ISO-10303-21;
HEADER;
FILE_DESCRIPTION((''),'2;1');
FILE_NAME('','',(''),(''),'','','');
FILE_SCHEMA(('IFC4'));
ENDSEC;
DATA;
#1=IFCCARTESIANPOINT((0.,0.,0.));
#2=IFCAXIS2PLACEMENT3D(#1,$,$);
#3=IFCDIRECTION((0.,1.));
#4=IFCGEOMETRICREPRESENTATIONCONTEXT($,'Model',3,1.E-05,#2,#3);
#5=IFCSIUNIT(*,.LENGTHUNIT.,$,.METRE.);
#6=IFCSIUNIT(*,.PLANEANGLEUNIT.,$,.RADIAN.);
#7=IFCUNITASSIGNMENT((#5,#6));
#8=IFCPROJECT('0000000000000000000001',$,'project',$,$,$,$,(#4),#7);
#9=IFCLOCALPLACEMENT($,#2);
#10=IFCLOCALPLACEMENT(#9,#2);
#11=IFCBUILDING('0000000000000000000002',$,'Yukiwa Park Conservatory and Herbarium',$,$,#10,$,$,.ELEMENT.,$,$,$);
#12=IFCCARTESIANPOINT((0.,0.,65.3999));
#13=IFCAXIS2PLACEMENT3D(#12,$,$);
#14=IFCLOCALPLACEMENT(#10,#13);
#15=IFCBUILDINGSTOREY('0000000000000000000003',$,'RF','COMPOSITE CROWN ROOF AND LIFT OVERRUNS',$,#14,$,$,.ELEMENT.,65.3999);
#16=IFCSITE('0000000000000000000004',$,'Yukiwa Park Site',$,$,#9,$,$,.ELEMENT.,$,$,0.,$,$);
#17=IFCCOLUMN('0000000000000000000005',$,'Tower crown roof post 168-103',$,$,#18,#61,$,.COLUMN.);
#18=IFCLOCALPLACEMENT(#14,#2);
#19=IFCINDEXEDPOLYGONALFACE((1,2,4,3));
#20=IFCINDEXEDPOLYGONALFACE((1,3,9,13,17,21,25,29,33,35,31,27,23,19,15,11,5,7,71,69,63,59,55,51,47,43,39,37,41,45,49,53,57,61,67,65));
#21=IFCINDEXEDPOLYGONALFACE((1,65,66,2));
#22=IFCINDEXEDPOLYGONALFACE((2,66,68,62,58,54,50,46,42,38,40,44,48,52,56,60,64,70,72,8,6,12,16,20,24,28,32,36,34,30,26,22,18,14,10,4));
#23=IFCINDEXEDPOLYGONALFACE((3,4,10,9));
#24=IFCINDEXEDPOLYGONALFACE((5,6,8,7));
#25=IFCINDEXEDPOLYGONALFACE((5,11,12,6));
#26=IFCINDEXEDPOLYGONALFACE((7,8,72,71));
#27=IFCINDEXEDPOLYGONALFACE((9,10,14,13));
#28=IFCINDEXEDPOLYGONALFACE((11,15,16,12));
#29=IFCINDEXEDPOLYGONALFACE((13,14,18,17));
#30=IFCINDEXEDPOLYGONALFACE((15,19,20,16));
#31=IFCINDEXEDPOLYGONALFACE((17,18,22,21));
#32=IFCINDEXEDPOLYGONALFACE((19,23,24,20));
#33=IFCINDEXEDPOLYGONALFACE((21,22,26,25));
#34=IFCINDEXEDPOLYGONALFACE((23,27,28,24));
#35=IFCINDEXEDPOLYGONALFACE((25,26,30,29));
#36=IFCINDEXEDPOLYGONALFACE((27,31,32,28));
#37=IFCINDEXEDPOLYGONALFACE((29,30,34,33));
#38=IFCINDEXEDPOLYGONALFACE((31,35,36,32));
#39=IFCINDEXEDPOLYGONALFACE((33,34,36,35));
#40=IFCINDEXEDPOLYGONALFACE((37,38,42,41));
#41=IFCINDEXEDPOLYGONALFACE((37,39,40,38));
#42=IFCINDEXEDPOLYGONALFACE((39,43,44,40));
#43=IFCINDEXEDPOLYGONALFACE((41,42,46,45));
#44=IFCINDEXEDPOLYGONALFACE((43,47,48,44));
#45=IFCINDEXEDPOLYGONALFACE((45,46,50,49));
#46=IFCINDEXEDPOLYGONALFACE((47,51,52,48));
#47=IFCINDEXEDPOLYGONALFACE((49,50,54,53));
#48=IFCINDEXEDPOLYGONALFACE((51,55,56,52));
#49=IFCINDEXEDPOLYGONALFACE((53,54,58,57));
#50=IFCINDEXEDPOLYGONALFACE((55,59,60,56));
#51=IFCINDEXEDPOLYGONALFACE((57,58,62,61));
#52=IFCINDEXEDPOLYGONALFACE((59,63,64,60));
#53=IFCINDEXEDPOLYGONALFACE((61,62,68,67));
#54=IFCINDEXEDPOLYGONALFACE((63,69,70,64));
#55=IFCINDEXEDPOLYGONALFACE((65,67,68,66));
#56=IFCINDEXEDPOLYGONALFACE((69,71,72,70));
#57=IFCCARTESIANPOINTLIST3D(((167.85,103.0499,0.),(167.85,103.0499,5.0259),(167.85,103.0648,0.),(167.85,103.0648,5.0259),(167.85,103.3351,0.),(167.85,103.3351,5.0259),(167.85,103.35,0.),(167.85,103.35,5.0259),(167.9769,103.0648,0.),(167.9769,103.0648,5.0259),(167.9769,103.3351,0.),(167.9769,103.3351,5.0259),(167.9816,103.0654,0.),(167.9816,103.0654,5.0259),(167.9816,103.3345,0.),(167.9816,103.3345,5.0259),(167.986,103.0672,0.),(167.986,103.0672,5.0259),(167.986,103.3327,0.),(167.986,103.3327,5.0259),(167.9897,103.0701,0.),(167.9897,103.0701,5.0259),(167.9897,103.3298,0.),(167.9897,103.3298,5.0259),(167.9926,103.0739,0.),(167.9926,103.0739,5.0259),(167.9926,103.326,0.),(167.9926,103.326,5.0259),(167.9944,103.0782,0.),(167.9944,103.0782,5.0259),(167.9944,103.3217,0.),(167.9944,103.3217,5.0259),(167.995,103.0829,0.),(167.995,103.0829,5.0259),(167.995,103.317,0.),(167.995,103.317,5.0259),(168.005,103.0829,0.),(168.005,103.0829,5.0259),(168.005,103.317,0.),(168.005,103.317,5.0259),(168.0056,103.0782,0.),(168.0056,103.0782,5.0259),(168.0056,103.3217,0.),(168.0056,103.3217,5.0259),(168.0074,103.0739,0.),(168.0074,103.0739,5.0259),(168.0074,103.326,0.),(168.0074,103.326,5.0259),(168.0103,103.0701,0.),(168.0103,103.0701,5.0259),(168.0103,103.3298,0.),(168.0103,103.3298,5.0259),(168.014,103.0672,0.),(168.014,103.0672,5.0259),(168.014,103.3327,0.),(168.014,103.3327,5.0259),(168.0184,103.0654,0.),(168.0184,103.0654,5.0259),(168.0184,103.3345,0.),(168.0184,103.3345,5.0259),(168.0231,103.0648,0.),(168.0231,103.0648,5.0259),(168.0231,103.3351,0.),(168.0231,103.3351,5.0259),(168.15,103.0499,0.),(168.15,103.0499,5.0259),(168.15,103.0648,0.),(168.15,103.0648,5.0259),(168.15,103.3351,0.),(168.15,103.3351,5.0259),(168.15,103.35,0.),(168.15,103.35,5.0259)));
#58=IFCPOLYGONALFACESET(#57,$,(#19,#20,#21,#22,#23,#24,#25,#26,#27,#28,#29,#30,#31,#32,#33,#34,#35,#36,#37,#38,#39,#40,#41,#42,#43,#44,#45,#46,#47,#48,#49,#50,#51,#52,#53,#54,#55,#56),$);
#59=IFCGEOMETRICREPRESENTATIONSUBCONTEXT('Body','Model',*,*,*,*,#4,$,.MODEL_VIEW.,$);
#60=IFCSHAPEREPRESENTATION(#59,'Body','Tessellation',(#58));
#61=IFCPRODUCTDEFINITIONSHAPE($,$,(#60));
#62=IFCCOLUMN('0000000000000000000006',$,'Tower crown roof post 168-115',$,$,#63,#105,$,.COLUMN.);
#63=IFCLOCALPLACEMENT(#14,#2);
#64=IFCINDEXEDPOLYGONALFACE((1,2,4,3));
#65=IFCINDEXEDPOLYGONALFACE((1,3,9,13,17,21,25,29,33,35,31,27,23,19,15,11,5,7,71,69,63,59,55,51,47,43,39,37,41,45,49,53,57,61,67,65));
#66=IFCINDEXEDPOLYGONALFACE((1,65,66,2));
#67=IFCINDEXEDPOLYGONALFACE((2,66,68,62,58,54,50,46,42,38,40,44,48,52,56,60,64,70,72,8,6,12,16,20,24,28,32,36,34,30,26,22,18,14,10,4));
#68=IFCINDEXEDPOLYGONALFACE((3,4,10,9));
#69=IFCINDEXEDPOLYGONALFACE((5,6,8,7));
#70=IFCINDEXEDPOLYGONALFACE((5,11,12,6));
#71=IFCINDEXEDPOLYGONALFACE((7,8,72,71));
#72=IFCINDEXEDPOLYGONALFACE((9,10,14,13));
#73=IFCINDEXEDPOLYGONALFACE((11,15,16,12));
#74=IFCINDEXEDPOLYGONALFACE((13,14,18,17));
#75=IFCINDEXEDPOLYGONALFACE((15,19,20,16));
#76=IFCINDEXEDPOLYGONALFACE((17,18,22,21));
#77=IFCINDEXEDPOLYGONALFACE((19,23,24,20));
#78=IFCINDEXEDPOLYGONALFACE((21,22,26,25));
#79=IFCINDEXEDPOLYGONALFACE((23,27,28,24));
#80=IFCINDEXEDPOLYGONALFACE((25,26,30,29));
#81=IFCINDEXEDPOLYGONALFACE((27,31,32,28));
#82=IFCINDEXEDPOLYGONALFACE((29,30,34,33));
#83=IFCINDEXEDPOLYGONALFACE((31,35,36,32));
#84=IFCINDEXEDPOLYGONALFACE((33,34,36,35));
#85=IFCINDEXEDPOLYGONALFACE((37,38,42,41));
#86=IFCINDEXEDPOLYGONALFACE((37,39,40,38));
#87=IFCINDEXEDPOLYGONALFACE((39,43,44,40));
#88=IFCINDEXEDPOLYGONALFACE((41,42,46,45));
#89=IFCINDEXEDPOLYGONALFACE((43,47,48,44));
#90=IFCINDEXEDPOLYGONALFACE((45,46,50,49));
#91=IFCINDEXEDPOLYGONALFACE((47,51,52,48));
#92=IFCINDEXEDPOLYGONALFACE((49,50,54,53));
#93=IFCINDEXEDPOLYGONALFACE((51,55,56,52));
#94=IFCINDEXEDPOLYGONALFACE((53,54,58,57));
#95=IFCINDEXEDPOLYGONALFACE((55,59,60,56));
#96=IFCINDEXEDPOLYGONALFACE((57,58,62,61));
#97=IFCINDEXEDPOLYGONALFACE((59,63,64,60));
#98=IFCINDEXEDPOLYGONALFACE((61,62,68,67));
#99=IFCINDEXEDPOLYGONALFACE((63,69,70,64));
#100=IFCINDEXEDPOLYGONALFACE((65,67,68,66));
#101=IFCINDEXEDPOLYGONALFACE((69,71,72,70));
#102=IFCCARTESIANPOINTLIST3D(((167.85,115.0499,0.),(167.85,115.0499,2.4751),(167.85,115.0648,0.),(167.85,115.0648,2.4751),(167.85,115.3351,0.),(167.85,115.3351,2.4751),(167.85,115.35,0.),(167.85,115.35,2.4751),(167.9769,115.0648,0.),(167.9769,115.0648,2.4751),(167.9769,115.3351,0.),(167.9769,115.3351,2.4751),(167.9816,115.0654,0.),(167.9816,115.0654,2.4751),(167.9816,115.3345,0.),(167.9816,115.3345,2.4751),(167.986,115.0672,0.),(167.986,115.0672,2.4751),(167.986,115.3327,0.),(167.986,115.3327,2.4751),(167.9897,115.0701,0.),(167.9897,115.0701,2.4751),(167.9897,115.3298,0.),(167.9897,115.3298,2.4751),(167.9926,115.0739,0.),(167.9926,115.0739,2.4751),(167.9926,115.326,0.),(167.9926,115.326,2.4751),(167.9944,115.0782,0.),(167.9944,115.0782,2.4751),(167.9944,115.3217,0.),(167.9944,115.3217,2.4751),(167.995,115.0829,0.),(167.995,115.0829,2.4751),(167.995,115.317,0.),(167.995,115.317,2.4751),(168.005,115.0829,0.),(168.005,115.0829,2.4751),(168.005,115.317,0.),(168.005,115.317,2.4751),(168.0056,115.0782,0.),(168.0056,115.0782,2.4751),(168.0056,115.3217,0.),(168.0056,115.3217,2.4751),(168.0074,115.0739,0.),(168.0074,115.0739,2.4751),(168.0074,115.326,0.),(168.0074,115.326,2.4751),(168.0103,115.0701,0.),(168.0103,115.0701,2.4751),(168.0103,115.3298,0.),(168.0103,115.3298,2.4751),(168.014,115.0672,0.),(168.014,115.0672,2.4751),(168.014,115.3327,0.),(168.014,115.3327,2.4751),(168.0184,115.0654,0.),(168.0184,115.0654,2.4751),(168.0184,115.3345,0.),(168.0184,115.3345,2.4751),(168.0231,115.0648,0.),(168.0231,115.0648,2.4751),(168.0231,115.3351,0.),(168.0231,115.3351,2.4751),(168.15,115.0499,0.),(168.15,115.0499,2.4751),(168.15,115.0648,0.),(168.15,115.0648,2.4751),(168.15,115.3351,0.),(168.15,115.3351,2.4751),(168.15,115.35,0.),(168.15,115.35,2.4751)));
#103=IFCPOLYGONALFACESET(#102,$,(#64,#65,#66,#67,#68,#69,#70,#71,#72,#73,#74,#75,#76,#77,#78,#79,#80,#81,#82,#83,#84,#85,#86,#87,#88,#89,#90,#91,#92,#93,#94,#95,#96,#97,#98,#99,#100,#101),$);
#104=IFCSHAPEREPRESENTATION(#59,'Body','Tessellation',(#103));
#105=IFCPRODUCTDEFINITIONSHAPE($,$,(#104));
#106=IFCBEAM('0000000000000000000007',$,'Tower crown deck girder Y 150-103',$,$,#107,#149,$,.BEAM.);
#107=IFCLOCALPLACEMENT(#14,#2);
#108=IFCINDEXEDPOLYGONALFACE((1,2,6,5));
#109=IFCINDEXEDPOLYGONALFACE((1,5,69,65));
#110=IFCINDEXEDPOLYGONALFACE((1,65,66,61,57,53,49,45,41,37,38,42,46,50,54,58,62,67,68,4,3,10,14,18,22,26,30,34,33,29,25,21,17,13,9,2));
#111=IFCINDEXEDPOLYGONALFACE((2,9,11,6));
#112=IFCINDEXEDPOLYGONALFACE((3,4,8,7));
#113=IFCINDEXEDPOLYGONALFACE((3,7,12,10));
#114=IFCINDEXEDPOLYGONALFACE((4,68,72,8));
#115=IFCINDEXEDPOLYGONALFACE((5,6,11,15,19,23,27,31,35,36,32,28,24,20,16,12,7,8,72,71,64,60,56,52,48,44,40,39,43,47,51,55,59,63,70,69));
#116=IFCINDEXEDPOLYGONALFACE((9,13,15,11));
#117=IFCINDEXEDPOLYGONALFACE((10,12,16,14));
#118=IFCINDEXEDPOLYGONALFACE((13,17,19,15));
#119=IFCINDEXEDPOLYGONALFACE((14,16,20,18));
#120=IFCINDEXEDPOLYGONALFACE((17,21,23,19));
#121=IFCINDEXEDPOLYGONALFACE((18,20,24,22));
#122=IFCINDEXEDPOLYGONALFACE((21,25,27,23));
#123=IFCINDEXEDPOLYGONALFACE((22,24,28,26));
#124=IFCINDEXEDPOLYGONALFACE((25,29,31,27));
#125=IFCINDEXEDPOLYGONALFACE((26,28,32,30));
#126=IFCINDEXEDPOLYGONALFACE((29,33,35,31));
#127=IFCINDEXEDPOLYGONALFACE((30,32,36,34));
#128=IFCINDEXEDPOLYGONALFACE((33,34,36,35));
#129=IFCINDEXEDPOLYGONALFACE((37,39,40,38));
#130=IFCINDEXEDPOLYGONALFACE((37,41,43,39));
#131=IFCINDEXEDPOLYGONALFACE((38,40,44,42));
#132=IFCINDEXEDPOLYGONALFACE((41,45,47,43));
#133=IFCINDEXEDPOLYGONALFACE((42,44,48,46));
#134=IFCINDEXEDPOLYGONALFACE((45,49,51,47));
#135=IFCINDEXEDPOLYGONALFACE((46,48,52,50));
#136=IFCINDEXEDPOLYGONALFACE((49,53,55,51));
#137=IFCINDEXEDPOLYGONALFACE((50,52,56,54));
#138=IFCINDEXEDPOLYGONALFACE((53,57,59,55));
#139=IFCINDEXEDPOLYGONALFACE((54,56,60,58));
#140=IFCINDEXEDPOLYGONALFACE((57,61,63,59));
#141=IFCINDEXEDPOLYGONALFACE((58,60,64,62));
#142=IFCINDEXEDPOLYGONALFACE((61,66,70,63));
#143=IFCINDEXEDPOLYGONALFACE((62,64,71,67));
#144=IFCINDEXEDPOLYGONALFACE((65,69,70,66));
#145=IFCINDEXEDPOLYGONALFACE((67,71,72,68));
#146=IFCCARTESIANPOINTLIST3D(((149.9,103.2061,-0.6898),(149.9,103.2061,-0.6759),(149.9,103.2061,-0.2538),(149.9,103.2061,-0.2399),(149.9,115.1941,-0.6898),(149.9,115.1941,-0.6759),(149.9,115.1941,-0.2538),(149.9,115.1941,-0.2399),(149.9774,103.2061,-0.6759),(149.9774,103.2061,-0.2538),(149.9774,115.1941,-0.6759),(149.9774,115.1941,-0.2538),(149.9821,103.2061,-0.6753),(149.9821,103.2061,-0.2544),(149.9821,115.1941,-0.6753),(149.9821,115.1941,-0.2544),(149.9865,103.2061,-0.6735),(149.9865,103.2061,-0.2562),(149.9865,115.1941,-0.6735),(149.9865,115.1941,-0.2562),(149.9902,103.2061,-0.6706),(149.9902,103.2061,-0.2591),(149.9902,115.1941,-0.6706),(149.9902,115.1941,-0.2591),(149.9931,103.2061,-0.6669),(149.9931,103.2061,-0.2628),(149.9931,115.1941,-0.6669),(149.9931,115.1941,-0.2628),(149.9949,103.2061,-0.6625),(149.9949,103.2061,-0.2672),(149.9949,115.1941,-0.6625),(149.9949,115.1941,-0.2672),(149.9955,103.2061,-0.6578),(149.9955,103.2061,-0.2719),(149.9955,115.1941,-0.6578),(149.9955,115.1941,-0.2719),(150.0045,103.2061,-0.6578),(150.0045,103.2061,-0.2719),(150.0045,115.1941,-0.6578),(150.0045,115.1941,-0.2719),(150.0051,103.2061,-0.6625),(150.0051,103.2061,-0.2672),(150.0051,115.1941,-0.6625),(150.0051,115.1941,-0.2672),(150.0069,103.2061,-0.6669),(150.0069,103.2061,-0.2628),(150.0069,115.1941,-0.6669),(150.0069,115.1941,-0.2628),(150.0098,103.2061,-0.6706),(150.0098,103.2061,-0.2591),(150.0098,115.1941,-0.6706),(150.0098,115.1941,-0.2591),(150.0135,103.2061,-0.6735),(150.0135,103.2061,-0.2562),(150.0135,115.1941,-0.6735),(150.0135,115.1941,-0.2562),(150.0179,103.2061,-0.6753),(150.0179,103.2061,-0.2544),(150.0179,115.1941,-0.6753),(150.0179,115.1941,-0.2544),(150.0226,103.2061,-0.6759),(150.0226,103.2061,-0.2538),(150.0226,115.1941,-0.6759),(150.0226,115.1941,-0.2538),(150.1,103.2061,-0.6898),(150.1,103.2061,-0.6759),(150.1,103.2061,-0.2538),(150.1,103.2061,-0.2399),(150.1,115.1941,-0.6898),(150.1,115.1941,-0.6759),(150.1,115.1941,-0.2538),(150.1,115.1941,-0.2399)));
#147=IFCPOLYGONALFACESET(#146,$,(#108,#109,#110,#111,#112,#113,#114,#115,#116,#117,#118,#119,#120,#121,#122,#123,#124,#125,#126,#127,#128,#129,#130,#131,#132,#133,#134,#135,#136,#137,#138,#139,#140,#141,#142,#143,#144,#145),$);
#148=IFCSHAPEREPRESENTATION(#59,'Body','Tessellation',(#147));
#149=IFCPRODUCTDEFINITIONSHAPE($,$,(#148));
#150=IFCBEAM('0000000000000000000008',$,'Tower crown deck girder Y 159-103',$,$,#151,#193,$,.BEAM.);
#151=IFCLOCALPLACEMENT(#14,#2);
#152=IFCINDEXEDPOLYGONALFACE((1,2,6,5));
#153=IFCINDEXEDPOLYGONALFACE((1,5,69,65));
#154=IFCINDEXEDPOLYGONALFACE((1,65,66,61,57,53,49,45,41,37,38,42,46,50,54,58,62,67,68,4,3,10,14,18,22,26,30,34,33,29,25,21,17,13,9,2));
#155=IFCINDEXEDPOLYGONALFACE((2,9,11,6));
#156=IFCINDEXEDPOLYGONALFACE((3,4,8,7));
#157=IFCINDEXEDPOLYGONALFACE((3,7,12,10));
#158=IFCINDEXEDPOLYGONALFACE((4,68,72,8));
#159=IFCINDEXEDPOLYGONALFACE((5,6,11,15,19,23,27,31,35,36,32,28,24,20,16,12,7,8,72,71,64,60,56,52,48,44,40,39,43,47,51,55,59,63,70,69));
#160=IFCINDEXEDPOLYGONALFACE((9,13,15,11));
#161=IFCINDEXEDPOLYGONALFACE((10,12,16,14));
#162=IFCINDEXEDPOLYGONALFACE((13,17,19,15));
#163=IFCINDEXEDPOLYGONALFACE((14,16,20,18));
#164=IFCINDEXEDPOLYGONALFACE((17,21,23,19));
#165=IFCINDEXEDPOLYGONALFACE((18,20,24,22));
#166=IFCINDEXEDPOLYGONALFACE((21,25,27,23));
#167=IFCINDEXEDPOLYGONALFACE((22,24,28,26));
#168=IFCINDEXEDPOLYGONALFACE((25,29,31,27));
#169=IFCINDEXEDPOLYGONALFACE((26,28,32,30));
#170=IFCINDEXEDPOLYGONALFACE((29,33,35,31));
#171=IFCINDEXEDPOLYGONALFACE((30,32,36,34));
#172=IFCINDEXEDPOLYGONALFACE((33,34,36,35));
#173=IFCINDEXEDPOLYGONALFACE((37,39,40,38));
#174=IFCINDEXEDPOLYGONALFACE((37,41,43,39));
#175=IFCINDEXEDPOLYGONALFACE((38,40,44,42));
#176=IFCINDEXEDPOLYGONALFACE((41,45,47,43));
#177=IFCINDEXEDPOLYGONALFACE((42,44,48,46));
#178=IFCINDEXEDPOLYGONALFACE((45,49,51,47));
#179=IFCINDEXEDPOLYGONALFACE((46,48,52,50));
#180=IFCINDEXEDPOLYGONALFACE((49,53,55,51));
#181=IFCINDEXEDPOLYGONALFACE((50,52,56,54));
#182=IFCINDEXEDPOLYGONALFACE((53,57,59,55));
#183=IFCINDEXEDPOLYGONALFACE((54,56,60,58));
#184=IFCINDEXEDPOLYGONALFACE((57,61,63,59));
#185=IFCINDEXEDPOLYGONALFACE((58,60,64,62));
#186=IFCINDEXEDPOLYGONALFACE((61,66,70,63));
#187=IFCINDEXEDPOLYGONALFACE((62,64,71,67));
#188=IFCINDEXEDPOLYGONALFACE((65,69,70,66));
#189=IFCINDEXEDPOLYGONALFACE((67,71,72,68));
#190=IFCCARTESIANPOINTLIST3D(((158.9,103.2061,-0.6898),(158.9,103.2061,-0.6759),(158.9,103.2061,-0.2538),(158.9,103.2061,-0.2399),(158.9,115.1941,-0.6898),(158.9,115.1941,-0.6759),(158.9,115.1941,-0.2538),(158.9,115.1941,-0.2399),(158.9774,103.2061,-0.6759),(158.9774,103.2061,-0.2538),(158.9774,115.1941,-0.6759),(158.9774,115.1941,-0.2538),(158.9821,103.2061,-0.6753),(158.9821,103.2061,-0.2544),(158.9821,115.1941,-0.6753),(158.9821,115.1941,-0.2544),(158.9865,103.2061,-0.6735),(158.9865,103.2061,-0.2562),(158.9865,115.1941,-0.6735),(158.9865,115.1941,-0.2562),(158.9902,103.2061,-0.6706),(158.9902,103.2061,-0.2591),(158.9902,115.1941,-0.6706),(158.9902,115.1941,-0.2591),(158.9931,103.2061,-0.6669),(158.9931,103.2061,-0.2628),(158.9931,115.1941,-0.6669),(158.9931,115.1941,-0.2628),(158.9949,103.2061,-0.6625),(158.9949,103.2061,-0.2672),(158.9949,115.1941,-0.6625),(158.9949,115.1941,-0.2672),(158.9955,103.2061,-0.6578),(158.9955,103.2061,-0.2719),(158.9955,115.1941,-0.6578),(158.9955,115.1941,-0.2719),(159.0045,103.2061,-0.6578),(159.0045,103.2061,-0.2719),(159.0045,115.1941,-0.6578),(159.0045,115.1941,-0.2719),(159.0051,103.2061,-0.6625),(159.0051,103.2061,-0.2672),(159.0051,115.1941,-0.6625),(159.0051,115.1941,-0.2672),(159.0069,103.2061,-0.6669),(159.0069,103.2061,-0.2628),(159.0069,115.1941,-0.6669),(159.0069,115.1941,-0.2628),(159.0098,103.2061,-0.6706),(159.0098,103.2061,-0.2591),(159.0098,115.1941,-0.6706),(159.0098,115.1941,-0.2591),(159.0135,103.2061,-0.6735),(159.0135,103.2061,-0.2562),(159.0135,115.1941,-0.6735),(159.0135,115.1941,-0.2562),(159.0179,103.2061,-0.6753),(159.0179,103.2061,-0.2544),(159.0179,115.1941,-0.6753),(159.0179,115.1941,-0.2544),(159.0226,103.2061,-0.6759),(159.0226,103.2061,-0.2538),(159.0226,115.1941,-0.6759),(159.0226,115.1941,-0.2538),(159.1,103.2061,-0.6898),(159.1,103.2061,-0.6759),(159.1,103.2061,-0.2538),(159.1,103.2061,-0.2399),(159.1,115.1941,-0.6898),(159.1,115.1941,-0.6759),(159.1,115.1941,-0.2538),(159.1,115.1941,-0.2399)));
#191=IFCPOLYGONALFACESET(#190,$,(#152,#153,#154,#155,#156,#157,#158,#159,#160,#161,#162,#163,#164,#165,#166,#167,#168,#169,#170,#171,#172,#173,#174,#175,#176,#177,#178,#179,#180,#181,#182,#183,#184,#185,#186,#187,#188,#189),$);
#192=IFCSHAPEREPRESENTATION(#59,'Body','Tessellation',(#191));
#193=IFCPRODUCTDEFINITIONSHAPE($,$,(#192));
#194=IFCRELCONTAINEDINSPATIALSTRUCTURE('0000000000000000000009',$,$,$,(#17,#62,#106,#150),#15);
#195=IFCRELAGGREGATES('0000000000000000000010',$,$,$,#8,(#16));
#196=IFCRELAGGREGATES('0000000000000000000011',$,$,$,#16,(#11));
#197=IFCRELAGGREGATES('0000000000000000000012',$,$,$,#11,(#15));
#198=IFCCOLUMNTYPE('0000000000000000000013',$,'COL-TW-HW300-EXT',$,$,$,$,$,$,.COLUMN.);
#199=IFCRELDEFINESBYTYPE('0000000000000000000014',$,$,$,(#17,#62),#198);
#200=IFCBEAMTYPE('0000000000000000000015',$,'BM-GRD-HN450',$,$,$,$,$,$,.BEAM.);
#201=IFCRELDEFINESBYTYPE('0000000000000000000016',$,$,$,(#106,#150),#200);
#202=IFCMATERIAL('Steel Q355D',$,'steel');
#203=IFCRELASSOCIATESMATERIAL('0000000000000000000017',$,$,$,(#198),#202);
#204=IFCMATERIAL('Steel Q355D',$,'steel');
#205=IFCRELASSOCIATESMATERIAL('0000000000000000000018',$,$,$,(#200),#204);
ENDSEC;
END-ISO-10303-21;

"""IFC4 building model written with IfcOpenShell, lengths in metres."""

from ifc_helpers import new_model, si_unit, direction, frame, origin, origin_2d, place, context, subcontext, project, spatial, i_section, extrude, material, material_profile, profile_set, type_object, element, save


model = new_model("IFC4")

# Units and contexts
model_context = context("Model", 3, precision=1e-05, world=origin(), true_north=direction((0.0, 1.0)))
body_context = subcontext(model_context, "Body", "Model", "MODEL_VIEW")
ifc_project = project(units=[si_unit("LENGTHUNIT", "METRE"), si_unit("PLANEANGLEUNIT", "RADIAN")], contexts=[model_context])

# Site, building, storey
site_placement = place(None, origin())
site = spatial("IfcSite", under=ifc_project, at=site_placement, Name="Yukiwa Park Site", CompositionType="ELEMENT", RefElevation=0.0)
building_placement = place(site_placement, origin())
building = spatial("IfcBuilding", under=site, at=building_placement, Name="Yukiwa Park Conservatory and Herbarium", CompositionType="ELEMENT")
storey_placement = place(building_placement, frame((0.0, 0.0, 65.3999)))
storey = spatial("IfcBuildingStorey", under=building, at=storey_placement, Name="RF", Description="COMPOSITE CROWN ROOF AND LIFT OVERRUNS", CompositionType="ELEMENT", Elevation=65.3999)

# Columns
ifc_material_1 = material(Name="Steel Q355D", Category="steel")
ifc_material_profile_1 = material_profile(ifc_material_1, i_section(OverallWidth=0.3, OverallDepth=0.3, WebThickness=0.01, FlangeThickness=0.0149, FilletRadius=0.0181, at=origin_2d()), Name="HW 300x300x10x15")
ifc_profile_set_1 = profile_set([ifc_material_profile_1], Name="Steel Q355D")
column_type_1 = type_object("IfcColumnType", Name="COL-TW-HW300-EXT", PredefinedType="COLUMN", material=ifc_profile_set_1)
column_1_placement = place(storey_placement, frame((168.0, 103.2, 0.0), z_axis=(0.0, 0.0, 1.0), x_axis=(1.0, 0.0, 0.0)))
element("IfcColumn", 1, at=column_1_placement, inside=storey, type_object=column_type_1, Name="Tower crown roof post 168-103", PredefinedType="COLUMN", context=body_context, shape_type="SweptSolid", body=[
    extrude(i_section(OverallWidth=0.3, OverallDepth=0.3, WebThickness=0.01, FlangeThickness=0.0149, FilletRadius=0.0181, at=origin_2d()), origin(), (0.0, 0.0, 1.0), 5.0259),
])
column_2_placement = place(storey_placement, frame((168.0, 115.2, 0.0), z_axis=(0.0, 0.0, 1.0), x_axis=(1.0, 0.0, 0.0)))
element("IfcColumn", 2, at=column_2_placement, inside=storey, type_object=column_type_1, Name="Tower crown roof post 168-115", PredefinedType="COLUMN", context=body_context, shape_type="SweptSolid", body=[
    extrude(i_section(OverallWidth=0.3, OverallDepth=0.3, WebThickness=0.01, FlangeThickness=0.0149, FilletRadius=0.0181, at=origin_2d()), origin(), (0.0, 0.0, 1.0), 2.4751),
])

# Beams
ifc_material_2 = material(Name="Steel Q355D", Category="steel")
ifc_material_profile_2 = material_profile(ifc_material_2, i_section(OverallWidth=0.2, OverallDepth=0.45, WebThickness=0.009, FlangeThickness=0.0139, FilletRadius=0.0181, at=origin_2d()), Name="HN 450x200x9x14")
ifc_profile_set_2 = profile_set([ifc_material_profile_2], Name="Steel Q355D")
beam_type_1 = type_object("IfcBeamType", Name="BM-GRD-HN450", PredefinedType="BEAM", material=ifc_profile_set_2)
for number, where, z_axis, x_axis, name in (
    (3, (150.0, 103.2061, -0.4648), (0.0, 1.0, 0.0), (-1.0, 0.0, 0.0), "Tower crown deck girder Y 150-103"),
    (4, (159.0, 103.2061, -0.4648), (0.0, 1.0, 0.0), (-1.0, 0.0, 0.0), "Tower crown deck girder Y 159-103"),
):
    element("IfcBeam", number, at=place(storey_placement, frame(where, z_axis=z_axis, x_axis=x_axis)), inside=storey, type_object=beam_type_1, Name=name, PredefinedType="BEAM", context=body_context, shape_type="SweptSolid", body=[
        extrude(i_section(OverallWidth=0.2, OverallDepth=0.45, WebThickness=0.009, FlangeThickness=0.0139, FilletRadius=0.0181, at=origin_2d()), origin(), (0.0, 0.0, 1.0), 11.988),
    ])

save(model, "model.ifc")
